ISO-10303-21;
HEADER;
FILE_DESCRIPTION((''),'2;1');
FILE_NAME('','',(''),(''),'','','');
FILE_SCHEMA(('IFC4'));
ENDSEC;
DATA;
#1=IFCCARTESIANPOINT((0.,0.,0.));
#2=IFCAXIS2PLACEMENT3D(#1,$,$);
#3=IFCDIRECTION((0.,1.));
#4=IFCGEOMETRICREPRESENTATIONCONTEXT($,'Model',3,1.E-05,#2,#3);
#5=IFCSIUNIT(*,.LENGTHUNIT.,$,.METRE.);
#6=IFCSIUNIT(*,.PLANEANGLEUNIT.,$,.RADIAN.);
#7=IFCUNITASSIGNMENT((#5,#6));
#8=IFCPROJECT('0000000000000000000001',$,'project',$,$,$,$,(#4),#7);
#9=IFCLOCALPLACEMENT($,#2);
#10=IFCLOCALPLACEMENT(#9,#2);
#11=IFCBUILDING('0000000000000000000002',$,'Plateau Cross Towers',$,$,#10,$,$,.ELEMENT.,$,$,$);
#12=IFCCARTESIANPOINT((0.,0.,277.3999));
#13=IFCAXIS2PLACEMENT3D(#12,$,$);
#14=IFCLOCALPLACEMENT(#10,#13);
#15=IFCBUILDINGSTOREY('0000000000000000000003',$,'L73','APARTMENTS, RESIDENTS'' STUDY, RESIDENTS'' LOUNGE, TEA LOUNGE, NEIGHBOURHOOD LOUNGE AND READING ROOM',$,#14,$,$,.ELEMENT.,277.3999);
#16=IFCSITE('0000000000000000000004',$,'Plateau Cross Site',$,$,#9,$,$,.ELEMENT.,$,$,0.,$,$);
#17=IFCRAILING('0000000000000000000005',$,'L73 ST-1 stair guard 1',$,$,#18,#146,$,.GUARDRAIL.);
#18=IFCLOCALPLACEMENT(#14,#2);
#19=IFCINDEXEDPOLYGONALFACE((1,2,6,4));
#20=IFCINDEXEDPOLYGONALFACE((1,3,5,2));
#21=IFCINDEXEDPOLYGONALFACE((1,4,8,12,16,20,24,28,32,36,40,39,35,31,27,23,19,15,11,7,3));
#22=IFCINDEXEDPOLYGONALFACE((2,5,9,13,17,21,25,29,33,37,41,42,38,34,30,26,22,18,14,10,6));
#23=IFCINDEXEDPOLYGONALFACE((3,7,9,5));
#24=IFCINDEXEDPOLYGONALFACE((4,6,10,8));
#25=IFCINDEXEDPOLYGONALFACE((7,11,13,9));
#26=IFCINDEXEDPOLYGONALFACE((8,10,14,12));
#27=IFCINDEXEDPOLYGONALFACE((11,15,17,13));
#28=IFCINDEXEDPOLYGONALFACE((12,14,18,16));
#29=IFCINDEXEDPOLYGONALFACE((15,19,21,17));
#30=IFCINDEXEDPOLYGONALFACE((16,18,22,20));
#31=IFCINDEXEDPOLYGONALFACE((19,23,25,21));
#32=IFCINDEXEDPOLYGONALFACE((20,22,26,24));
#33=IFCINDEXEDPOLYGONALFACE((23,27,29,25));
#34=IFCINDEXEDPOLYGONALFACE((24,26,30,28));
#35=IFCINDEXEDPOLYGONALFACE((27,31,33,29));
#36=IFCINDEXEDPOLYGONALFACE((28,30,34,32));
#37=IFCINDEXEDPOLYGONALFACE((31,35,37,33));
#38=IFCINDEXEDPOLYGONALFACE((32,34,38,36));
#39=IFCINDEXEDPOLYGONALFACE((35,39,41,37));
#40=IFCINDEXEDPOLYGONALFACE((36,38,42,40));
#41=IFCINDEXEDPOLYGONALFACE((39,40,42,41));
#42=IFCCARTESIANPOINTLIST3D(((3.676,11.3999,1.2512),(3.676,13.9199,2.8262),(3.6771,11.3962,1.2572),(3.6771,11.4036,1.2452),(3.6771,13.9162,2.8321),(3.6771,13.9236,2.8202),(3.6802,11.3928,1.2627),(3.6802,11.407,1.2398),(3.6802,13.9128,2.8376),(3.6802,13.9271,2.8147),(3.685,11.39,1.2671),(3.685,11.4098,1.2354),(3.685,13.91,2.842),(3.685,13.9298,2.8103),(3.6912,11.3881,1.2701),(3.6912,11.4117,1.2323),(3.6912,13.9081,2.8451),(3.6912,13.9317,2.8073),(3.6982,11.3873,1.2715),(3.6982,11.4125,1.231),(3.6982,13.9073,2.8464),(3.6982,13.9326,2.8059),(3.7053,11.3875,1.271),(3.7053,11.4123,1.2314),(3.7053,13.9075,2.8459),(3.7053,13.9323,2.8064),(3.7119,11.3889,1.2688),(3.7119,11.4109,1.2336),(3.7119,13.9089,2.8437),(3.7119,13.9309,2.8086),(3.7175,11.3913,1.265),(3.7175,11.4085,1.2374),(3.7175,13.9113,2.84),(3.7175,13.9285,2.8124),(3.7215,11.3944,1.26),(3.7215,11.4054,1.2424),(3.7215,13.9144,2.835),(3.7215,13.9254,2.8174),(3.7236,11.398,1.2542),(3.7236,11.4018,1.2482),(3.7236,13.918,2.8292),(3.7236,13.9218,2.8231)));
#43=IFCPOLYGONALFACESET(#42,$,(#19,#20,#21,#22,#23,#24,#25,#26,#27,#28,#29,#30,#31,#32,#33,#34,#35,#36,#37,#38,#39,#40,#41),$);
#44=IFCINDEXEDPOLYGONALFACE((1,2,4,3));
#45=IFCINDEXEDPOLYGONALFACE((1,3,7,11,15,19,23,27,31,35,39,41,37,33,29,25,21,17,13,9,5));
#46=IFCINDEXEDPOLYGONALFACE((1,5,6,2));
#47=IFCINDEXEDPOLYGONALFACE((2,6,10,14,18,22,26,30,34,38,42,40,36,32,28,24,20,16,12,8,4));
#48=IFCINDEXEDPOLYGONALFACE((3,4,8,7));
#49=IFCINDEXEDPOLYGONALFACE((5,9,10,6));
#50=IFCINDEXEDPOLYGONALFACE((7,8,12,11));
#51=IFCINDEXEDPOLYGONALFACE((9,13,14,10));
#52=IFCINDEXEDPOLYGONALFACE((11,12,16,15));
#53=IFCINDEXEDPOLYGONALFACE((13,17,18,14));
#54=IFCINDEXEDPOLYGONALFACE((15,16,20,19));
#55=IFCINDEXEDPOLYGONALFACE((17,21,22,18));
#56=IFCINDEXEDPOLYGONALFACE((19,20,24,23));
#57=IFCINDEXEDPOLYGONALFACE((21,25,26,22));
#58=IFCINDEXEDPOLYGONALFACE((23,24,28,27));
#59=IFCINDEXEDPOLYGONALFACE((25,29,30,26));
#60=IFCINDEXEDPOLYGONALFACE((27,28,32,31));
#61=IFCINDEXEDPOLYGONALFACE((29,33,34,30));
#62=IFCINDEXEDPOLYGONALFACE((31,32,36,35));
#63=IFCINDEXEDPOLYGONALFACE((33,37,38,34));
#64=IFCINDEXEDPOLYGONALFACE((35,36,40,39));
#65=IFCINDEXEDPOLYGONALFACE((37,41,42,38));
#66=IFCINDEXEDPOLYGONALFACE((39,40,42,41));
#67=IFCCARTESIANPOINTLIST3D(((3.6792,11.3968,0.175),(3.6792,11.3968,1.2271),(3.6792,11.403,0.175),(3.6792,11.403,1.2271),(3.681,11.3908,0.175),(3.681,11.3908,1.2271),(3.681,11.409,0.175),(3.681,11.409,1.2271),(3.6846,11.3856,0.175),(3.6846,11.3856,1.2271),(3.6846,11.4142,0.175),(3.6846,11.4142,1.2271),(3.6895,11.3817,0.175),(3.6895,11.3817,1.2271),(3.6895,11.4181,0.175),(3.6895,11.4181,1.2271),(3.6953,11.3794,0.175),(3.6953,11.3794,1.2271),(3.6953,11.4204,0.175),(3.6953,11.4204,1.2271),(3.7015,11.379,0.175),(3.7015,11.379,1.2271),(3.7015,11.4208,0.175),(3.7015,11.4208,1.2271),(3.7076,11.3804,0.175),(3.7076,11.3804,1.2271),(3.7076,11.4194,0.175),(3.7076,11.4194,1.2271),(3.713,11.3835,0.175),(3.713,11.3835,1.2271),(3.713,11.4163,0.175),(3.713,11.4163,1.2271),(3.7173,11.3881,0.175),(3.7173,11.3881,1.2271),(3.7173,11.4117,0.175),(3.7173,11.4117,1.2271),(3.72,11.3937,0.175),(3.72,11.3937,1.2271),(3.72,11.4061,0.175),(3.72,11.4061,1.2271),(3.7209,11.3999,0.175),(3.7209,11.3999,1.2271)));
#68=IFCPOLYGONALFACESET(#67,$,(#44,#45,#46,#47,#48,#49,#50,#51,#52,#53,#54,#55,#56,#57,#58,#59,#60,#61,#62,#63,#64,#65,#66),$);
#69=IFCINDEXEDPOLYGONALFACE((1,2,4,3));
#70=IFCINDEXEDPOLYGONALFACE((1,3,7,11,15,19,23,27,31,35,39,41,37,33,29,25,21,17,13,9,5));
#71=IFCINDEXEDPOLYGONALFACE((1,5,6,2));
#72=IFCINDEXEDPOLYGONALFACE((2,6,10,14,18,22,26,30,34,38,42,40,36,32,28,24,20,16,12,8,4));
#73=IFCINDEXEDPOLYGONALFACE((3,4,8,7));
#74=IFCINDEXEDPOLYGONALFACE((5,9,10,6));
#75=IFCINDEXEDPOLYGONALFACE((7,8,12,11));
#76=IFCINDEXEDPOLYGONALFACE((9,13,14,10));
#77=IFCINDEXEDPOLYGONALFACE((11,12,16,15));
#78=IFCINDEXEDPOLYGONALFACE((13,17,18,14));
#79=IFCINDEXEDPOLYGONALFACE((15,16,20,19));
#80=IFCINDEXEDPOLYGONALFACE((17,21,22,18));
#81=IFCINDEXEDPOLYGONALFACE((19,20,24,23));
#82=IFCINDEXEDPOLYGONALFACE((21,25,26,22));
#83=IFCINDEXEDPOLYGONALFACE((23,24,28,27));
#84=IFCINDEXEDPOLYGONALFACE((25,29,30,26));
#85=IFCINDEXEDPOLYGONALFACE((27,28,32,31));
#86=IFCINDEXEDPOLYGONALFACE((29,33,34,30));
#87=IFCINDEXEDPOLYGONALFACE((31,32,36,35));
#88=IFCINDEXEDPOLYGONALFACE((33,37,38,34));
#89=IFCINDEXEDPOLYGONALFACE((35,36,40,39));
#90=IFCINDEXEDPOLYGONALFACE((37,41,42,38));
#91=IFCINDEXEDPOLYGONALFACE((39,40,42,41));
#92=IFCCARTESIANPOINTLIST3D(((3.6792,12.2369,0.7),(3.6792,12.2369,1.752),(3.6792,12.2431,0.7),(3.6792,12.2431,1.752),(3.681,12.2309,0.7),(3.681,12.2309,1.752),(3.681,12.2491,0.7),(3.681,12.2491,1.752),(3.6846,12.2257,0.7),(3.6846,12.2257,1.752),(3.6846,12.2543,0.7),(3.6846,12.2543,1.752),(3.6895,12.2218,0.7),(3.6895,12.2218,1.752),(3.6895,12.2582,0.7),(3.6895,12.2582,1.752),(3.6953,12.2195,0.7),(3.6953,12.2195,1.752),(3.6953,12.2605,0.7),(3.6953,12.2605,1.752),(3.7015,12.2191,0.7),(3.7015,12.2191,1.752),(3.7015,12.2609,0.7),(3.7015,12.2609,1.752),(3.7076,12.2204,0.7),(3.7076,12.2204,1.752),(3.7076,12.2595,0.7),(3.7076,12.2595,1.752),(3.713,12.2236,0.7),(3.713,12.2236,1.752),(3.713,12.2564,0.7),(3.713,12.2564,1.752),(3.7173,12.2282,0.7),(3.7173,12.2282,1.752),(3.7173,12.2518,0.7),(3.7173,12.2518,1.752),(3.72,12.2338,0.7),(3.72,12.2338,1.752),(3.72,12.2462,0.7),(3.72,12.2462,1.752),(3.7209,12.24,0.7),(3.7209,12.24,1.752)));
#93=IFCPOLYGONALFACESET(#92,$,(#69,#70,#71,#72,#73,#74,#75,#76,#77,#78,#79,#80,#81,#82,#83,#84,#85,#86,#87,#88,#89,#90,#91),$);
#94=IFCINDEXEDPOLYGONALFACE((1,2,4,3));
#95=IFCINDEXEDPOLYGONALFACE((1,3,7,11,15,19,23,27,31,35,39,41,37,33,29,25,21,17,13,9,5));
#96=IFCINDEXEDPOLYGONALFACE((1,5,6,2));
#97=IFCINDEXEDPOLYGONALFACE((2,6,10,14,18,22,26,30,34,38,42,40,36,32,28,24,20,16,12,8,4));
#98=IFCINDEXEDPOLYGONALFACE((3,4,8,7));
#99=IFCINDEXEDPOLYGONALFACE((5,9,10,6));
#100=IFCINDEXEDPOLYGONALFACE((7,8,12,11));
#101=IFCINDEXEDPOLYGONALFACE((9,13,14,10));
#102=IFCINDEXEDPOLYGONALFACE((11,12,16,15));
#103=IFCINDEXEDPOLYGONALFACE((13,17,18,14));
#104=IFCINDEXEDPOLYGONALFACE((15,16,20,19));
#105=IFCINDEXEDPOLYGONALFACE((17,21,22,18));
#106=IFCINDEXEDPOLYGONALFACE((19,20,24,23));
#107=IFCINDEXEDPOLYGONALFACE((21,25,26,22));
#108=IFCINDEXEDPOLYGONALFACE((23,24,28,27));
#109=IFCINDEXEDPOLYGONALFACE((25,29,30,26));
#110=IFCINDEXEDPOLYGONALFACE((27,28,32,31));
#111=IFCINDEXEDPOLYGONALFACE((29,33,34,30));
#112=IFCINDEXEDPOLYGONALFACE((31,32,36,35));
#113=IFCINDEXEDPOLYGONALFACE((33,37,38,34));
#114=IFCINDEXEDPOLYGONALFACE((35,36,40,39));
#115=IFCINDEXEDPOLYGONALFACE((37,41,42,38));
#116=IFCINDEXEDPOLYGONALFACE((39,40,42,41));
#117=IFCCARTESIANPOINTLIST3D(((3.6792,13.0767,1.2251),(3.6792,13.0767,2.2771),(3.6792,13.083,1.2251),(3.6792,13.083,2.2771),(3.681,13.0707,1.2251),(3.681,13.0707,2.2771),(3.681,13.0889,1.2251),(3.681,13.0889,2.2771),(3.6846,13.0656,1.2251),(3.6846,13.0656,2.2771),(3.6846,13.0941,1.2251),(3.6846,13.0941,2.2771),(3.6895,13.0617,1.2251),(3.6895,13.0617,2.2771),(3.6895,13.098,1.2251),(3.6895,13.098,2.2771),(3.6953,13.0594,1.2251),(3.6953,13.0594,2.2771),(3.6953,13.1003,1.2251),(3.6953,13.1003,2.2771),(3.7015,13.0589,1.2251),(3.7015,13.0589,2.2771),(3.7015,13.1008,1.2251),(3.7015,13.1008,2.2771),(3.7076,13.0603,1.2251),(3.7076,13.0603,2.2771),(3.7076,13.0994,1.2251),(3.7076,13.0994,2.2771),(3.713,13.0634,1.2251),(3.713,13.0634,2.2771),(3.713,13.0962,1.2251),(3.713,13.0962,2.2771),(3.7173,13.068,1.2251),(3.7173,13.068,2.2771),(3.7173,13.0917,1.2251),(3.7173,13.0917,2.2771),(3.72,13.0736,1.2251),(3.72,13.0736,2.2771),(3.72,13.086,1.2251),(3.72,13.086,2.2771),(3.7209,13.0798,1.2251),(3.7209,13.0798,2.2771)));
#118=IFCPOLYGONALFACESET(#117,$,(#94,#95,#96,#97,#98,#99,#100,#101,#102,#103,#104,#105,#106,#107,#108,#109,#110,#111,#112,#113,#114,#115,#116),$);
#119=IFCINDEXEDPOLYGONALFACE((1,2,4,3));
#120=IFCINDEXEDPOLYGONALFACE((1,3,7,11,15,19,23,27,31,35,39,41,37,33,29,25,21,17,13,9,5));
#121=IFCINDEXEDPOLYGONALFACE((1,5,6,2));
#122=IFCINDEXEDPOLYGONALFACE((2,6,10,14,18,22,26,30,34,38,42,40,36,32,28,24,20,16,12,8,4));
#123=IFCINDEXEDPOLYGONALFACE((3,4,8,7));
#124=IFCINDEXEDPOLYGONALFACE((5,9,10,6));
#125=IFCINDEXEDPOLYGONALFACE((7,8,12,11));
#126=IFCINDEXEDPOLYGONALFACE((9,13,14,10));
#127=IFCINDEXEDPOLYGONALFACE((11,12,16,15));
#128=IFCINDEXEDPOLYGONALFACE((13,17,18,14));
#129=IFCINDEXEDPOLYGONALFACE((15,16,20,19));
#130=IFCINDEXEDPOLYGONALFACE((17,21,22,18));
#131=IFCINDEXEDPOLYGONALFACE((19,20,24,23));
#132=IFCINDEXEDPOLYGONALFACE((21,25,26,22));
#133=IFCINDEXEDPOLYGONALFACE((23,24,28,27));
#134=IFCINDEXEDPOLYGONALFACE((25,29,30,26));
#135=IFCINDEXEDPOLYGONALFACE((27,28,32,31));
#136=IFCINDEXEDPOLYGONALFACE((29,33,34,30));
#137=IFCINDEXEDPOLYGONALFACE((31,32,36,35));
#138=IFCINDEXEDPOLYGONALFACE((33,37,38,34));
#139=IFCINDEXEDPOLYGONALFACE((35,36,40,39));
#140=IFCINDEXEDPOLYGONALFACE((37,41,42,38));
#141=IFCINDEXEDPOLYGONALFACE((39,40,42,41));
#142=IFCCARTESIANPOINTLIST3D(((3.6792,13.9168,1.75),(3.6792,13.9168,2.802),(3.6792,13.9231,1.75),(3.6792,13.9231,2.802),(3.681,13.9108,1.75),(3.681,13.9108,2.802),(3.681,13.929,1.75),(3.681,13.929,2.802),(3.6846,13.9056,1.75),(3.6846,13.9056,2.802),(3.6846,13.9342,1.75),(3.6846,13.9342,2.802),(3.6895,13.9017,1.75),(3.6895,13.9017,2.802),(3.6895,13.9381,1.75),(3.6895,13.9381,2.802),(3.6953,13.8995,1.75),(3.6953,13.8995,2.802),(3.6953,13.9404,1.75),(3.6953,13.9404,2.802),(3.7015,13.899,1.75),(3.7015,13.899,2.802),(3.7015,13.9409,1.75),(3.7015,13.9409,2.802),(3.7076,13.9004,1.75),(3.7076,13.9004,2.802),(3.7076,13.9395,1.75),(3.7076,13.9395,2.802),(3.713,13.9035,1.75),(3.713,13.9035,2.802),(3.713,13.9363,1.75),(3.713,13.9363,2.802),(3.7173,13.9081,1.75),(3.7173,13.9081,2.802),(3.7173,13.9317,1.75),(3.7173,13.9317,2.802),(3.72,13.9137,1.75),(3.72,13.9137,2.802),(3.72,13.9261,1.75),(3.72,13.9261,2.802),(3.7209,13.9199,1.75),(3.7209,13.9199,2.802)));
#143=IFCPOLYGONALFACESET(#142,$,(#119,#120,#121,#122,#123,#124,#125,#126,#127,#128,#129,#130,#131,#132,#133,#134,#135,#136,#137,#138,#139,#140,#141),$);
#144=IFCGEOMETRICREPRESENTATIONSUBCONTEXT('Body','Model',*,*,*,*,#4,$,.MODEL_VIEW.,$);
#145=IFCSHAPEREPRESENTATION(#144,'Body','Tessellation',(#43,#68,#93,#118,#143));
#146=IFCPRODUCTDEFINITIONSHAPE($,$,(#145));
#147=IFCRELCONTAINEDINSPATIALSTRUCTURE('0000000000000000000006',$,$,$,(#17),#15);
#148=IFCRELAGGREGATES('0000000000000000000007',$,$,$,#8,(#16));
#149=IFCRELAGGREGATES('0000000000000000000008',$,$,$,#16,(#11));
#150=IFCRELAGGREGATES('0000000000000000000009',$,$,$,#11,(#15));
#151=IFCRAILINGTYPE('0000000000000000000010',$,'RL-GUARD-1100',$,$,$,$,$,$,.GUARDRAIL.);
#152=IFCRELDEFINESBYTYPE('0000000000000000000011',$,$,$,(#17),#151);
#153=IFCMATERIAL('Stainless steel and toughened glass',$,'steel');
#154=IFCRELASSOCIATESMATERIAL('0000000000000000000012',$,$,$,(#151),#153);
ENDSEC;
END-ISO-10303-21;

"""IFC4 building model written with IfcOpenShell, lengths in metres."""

from ifc_helpers import new_model, si_unit, direction, frame, origin, origin_2d, place, context, subcontext, project, spatial, circle, extrude, material, type_object, element, save


model = new_model("IFC4")

# Units and contexts
model_context = context("Model", 3, precision=1e-05, world=origin(), true_north=direction((0.0, 1.0)))
body_context = subcontext(model_context, "Body", "Model", "MODEL_VIEW")
ifc_project = project(units=[si_unit("LENGTHUNIT", "METRE"), si_unit("PLANEANGLEUNIT", "RADIAN")], contexts=[model_context])

# Site, building, storey
site_placement = place(None, origin())
site = spatial("IfcSite", under=ifc_project, at=site_placement, Name="Plateau Cross Site", CompositionType="ELEMENT", RefElevation=0.0)
building_placement = place(site_placement, origin())
building = spatial("IfcBuilding", under=site, at=building_placement, Name="Plateau Cross Towers", CompositionType="ELEMENT")
storey_placement = place(building_placement, frame((0.0, 0.0, 277.3999)))
storey = spatial("IfcBuildingStorey", under=building, at=storey_placement, Name="L73", Description="APARTMENTS, RESIDENTS' STUDY, RESIDENTS' LOUNGE, TEA LOUNGE, NEIGHBOURHOOD LOUNGE AND READING ROOM", CompositionType="ELEMENT", Elevation=277.3999)

# Railing
ifc_material_1 = material(Name="Stainless steel and toughened glass", Category="steel")
railing_type_1 = type_object("IfcRailingType", Name="RL-GUARD-1100", PredefinedType="GUARDRAIL", material=ifc_material_1)
railing_1_placement = place(storey_placement, frame((3.7, 11.3999, 0.175)))
element("IfcRailing", 1, at=railing_1_placement, inside=storey, type_object=railing_type_1, Name="L73 ST-1 stair guard 1", PredefinedType="GUARDRAIL", context=body_context, shape_type="SweptSolid", body=[
    extrude(circle(Radius=0.0239, at=origin_2d()), frame((0.0, 0.0, 1.0762), z_axis=(0.0, 0.848008, 0.529984), x_axis=(-1.0, 0.0, 0.0)), (0.0, 0.0, 1.0), 2.9717),
    extrude(circle(Radius=0.021, at=origin_2d()), origin(), (0.0, 0.0, 1.0), 1.052),
    extrude(circle(Radius=0.021, at=origin_2d()), frame((0.0, 0.8401, 0.5249)), (0.0, 0.0, 1.0), 1.052),
    extrude(circle(Radius=0.021, at=origin_2d()), frame((0.0, 1.6799, 1.05)), (0.0, 0.0, 1.0), 1.052),
    extrude(circle(Radius=0.021, at=origin_2d()), frame((0.0, 2.52, 1.575)), (0.0, 0.0, 1.0), 1.052),
])

save(model, "model.ifc")
